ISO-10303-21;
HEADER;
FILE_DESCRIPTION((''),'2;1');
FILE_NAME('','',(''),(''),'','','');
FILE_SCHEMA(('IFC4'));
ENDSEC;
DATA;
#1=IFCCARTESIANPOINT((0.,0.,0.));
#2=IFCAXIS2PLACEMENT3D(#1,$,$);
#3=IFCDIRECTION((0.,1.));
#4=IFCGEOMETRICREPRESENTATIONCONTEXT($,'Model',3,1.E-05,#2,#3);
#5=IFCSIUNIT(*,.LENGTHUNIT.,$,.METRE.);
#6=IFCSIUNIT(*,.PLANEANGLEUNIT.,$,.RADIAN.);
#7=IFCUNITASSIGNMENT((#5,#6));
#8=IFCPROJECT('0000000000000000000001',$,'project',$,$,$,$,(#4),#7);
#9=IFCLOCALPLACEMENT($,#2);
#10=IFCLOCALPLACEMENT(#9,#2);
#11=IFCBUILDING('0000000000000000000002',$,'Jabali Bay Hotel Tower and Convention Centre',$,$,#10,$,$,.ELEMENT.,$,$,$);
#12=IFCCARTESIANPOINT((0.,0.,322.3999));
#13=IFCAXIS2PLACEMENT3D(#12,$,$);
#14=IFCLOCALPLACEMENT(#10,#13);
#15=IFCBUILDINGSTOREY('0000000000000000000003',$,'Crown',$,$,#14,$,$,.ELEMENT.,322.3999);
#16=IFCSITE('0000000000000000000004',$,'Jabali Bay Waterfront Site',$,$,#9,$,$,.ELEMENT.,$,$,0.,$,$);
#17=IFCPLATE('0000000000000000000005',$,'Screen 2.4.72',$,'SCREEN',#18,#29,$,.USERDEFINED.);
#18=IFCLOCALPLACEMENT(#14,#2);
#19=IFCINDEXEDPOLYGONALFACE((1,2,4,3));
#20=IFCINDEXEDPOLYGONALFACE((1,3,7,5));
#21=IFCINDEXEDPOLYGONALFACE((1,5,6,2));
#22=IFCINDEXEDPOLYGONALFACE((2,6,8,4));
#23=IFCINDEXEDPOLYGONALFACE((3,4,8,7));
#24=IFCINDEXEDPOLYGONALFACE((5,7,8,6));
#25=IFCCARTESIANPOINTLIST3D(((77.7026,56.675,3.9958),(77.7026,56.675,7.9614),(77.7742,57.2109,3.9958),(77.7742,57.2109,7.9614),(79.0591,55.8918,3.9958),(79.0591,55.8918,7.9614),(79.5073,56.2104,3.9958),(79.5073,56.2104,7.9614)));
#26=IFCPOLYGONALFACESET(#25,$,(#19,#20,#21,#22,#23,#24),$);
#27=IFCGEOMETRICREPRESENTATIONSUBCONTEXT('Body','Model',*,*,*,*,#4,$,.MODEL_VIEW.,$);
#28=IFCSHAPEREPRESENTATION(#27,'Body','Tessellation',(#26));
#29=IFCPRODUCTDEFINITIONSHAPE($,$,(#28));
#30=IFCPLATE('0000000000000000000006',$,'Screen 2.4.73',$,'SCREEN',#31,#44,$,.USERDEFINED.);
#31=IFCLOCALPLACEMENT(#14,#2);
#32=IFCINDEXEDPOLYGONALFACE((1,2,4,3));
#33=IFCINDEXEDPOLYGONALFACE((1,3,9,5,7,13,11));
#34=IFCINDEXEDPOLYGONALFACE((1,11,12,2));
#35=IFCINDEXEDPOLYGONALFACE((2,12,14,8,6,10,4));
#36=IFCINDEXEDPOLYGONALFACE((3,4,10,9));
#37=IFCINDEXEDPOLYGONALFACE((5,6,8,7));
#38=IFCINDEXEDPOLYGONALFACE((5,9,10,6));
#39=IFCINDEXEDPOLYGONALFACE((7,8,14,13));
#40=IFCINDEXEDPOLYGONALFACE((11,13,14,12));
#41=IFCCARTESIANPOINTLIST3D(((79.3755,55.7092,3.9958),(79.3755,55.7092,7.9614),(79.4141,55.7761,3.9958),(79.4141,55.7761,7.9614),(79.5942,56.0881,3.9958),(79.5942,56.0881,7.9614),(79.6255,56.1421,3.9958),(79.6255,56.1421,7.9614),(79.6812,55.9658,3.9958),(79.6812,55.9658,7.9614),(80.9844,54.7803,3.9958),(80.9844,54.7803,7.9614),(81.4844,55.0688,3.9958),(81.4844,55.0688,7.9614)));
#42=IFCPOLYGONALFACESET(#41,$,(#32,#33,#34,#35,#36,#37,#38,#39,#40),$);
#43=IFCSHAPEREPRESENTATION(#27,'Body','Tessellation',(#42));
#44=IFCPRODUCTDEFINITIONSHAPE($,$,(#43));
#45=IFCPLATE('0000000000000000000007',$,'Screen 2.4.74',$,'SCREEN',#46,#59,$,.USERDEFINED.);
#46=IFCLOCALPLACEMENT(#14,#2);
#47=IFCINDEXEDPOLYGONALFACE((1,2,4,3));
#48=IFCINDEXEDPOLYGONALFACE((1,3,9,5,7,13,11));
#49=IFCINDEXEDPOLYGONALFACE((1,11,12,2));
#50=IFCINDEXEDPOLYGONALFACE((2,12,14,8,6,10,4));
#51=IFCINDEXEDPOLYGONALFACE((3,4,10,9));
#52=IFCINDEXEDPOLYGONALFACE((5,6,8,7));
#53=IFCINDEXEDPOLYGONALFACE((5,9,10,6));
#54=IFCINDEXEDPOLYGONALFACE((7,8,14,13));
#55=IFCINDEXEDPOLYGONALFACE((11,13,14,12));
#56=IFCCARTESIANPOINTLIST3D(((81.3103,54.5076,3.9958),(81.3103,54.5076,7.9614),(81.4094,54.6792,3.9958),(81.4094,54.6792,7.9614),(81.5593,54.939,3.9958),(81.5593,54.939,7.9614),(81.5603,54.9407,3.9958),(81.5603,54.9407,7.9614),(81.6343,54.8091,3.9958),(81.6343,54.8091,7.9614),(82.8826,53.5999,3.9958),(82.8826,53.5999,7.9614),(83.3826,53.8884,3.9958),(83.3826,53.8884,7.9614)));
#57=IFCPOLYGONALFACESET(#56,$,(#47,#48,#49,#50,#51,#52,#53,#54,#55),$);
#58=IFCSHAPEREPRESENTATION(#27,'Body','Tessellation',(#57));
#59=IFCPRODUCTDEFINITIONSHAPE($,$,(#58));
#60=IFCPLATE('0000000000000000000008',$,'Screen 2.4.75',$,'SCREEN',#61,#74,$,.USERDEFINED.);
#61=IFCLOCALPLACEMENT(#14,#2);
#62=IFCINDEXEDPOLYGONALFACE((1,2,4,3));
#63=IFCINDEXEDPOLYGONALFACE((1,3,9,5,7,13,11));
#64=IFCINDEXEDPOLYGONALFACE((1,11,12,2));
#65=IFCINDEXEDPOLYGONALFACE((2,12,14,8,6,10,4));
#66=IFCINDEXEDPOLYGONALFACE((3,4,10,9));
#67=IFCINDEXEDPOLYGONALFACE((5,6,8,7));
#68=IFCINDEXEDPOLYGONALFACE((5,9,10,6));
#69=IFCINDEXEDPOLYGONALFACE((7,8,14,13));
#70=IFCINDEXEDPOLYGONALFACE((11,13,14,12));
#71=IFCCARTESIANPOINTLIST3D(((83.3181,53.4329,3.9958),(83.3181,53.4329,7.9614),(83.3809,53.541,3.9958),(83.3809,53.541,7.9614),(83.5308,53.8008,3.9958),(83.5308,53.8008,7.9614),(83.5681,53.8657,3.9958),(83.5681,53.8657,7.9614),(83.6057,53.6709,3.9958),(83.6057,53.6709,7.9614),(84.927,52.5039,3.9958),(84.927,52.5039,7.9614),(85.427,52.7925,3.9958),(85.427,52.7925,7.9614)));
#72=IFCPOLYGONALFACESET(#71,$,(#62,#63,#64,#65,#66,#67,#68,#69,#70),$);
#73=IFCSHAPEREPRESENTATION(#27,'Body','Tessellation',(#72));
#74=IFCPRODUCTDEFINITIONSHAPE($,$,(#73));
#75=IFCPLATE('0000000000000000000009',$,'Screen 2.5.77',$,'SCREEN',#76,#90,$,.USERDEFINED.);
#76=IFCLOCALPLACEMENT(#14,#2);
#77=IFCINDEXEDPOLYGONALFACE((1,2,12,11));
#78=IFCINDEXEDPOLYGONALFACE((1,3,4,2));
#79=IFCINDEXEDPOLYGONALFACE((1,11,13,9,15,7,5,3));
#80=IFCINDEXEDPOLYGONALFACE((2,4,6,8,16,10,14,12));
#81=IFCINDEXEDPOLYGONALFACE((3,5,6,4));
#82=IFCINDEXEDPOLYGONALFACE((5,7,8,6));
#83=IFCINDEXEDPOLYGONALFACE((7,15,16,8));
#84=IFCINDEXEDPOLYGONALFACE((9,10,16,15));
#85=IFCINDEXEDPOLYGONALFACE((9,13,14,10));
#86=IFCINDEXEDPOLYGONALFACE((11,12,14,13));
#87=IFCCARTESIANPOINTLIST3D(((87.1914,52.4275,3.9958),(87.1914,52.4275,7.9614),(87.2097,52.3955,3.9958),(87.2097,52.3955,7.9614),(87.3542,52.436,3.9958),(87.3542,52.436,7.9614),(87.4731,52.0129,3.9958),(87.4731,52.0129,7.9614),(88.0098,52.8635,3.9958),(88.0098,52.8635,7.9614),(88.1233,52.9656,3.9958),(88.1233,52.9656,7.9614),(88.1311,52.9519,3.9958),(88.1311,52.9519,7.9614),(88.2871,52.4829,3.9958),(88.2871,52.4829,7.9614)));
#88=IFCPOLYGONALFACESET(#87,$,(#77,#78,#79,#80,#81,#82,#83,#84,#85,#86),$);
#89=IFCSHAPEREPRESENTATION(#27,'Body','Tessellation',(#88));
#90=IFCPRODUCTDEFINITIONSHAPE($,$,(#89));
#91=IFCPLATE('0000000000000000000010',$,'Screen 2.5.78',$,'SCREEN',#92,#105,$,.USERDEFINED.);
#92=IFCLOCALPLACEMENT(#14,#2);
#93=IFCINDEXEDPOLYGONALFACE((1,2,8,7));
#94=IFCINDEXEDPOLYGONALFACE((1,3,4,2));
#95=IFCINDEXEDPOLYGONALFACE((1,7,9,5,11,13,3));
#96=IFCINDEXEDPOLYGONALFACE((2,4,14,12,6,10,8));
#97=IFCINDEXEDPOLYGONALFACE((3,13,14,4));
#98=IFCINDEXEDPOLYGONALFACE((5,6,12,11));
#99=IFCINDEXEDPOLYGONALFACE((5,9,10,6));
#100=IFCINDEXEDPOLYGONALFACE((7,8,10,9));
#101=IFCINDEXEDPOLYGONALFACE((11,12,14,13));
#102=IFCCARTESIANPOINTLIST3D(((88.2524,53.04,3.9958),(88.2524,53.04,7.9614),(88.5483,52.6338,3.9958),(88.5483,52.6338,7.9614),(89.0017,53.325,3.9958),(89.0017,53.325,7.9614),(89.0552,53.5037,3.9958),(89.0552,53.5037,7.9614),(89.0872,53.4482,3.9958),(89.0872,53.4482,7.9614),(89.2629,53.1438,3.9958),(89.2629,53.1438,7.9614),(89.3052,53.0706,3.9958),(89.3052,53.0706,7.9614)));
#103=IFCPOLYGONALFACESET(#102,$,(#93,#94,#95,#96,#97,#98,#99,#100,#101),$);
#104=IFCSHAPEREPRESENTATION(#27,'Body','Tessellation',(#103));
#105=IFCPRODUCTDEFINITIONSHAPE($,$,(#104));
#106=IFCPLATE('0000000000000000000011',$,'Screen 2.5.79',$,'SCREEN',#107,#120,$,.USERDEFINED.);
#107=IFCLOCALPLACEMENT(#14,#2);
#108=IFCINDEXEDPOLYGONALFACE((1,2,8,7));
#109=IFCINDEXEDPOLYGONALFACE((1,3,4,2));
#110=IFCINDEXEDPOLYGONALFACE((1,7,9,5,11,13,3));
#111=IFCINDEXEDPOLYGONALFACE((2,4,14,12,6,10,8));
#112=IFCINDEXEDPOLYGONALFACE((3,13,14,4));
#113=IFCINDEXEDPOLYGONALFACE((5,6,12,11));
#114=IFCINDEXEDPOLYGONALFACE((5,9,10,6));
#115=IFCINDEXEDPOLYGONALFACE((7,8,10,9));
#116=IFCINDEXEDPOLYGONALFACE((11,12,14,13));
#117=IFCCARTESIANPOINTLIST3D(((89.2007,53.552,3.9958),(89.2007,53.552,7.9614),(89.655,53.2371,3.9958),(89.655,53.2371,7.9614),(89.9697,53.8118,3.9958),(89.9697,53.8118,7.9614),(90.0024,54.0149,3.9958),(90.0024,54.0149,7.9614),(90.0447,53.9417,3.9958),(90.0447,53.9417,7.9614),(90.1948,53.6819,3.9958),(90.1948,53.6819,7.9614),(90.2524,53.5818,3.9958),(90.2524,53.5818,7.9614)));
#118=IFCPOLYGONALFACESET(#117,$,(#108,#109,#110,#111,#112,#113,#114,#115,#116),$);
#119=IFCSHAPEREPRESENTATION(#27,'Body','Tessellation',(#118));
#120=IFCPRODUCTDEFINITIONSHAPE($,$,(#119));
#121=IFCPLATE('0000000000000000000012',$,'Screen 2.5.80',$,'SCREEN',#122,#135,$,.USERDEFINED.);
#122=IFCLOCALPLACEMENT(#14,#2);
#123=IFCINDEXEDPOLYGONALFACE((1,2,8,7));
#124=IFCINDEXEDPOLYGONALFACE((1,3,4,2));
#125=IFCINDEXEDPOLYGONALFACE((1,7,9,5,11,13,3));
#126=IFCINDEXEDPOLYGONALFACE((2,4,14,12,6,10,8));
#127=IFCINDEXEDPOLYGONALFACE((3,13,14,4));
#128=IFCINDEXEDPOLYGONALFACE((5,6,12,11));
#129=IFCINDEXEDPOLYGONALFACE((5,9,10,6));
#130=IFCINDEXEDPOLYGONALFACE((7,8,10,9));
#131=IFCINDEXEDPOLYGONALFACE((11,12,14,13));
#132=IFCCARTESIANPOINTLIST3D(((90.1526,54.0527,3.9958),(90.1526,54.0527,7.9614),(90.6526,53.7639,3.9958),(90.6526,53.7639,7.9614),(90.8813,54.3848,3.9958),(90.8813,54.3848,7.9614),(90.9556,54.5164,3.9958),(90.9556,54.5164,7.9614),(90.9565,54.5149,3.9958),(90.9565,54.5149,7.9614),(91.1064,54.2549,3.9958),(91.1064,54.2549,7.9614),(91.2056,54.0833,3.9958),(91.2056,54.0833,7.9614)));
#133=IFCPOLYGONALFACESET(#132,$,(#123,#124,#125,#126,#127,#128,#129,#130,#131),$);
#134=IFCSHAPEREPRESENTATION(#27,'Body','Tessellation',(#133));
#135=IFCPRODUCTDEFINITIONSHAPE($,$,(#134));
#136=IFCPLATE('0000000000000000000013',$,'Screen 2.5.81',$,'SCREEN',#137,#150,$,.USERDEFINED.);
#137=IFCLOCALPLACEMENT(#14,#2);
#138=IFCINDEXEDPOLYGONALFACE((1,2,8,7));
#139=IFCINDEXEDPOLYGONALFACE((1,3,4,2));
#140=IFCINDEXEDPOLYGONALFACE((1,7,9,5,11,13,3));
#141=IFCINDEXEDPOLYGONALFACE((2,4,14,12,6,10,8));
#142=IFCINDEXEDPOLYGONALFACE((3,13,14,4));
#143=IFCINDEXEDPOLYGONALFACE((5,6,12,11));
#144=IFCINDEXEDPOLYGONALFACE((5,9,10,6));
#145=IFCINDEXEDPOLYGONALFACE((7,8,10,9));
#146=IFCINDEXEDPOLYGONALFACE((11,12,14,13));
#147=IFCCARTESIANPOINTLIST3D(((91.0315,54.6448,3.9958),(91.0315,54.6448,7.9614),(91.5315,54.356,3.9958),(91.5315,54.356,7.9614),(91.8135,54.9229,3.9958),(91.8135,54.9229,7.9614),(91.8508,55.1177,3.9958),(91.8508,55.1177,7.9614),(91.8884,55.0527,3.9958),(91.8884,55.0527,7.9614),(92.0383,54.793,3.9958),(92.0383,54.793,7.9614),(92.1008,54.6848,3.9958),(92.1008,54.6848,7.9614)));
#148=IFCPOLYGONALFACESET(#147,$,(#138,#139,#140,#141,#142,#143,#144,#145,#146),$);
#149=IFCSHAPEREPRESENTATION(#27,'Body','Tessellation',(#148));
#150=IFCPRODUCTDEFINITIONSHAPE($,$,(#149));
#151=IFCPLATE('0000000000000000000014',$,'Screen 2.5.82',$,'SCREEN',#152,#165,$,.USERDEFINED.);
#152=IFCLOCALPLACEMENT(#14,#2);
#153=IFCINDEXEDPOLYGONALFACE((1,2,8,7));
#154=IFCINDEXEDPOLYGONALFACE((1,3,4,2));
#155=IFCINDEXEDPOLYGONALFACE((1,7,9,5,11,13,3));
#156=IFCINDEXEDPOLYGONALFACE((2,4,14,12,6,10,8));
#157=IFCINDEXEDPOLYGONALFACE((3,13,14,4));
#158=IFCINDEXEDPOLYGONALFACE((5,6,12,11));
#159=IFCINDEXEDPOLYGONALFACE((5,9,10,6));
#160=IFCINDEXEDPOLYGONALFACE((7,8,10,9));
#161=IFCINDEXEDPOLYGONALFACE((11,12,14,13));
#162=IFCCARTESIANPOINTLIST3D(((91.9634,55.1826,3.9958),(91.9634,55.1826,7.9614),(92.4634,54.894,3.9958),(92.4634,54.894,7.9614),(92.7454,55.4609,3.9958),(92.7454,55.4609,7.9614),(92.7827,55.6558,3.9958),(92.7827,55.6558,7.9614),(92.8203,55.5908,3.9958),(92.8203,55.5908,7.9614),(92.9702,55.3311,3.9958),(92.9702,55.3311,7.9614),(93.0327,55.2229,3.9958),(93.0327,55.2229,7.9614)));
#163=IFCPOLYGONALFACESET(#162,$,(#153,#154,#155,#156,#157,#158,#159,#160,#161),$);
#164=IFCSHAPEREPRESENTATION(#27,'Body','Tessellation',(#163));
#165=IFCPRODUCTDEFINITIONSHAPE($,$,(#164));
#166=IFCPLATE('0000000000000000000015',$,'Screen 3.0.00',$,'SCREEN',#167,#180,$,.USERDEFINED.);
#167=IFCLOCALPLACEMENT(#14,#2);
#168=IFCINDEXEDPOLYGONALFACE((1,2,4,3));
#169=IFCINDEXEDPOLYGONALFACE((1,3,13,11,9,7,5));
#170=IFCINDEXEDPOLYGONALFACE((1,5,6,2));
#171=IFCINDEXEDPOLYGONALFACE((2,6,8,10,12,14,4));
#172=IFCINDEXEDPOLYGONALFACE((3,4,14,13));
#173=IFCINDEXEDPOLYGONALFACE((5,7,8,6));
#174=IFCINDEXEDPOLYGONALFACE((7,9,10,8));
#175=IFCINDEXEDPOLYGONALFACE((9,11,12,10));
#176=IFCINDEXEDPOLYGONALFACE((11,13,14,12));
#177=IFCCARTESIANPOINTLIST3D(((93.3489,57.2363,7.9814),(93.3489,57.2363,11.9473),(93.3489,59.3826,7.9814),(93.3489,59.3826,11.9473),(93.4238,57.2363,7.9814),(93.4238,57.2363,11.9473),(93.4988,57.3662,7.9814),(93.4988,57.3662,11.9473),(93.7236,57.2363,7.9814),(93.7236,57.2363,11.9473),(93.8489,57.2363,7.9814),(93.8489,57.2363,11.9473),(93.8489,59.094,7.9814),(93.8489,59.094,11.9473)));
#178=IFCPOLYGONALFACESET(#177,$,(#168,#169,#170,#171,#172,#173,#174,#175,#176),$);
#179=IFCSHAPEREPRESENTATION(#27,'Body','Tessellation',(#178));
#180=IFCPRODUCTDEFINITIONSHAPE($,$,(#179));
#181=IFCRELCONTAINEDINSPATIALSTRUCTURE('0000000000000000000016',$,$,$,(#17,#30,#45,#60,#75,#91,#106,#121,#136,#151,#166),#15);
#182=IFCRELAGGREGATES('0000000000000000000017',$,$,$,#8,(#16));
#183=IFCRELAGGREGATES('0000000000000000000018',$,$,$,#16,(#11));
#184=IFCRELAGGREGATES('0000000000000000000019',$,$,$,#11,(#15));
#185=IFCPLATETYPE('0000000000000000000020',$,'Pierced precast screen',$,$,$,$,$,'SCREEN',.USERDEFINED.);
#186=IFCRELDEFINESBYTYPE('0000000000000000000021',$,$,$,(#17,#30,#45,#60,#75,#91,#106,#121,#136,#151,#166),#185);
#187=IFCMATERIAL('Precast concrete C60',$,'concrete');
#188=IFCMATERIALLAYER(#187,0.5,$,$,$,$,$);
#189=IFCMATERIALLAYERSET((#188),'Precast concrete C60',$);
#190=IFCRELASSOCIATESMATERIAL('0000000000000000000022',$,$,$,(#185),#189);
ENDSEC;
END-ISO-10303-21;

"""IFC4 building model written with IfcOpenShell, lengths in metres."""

from ifc_helpers import new_model, si_unit, direction, frame, origin, place, context, subcontext, project, spatial, polyline, outline, extrude, material, layer, layer_set, type_object, element, save


model = new_model("IFC4")

# Units and contexts
model_context = context("Model", 3, precision=1e-05, world=origin(), true_north=direction((0.0, 1.0)))
body_context = subcontext(model_context, "Body", "Model", "MODEL_VIEW")
ifc_project = project(units=[si_unit("LENGTHUNIT", "METRE"), si_unit("PLANEANGLEUNIT", "RADIAN")], contexts=[model_context])

# Site, building, storey
site_placement = place(None, origin())
site = spatial("IfcSite", under=ifc_project, at=site_placement, Name="Jabali Bay Waterfront Site", CompositionType="ELEMENT", RefElevation=0.0)
building_placement = place(site_placement, origin())
building = spatial("IfcBuilding", under=site, at=building_placement, Name="Jabali Bay Hotel Tower and Convention Centre", CompositionType="ELEMENT")
storey_placement = place(building_placement, frame((0.0, 0.0, 322.3999)))
storey = spatial("IfcBuildingStorey", under=building, at=storey_placement, Name="Crown", CompositionType="ELEMENT", Elevation=322.3999)

# Plates
ifc_material = material(Name="Precast concrete C60", Category="concrete")
ifc_layer = layer(ifc_material, 0.5)
ifc_layer_set = layer_set([ifc_layer], Name="Precast concrete C60")
plate_type = type_object("IfcPlateType", Name="Pierced precast screen", ElementType="SCREEN", PredefinedType="USERDEFINED", material=ifc_layer_set)
plate_1_placement = place(storey_placement, frame((0.0, 0.0, 3.9958)))
element("IfcPlate", 1, at=plate_1_placement, inside=storey, type_object=plate_type, Name="Screen 2.4.72", ObjectType="SCREEN", PredefinedType="USERDEFINED", context=body_context, shape_type="SweptSolid", body=[
    extrude(outline(polyline([(79.5073, 56.2104), (77.7742, 57.2109), (77.7026, 56.675), (79.0591, 55.8918), (79.5073, 56.2104)])), origin(), (0.0, 0.0, 1.0), 3.9656),
])
plate_2_placement = place(storey_placement, frame((0.0, 0.0, 3.9958)))
element("IfcPlate", 2, at=plate_2_placement, inside=storey, type_object=plate_type, Name="Screen 2.4.73", ObjectType="SCREEN", PredefinedType="USERDEFINED", context=body_context, shape_type="SweptSolid", body=[
    extrude(outline(polyline([(81.4844, 55.0688), (79.6255, 56.1421), (79.5942, 56.0881), (79.6812, 55.9658), (79.4141, 55.7761), (79.3755, 55.7092), (80.9844, 54.7803), (81.4844, 55.0688)])), origin(), (0.0, 0.0, 1.0), 3.9656),
])
plate_3_placement = place(storey_placement, frame((0.0, 0.0, 3.9958)))
element("IfcPlate", 3, at=plate_3_placement, inside=storey, type_object=plate_type, Name="Screen 2.4.74", ObjectType="SCREEN", PredefinedType="USERDEFINED", context=body_context, shape_type="SweptSolid", body=[
    extrude(outline(polyline([(83.3826, 53.8884), (81.5603, 54.9407), (81.5593, 54.939), (81.6343, 54.8091), (81.4094, 54.6792), (81.3103, 54.5076), (82.8826, 53.5999), (83.3826, 53.8884)])), origin(), (0.0, 0.0, 1.0), 3.9656),
])
plate_4_placement = place(storey_placement, frame((0.0, 0.0, 3.9958)))
element("IfcPlate", 4, at=plate_4_placement, inside=storey, type_object=plate_type, Name="Screen 2.4.75", ObjectType="SCREEN", PredefinedType="USERDEFINED", context=body_context, shape_type="SweptSolid", body=[
    extrude(outline(polyline([(85.427, 52.7925), (83.5681, 53.8657), (83.5308, 53.8008), (83.6057, 53.6709), (83.3809, 53.541), (83.3181, 53.4329), (84.927, 52.5039), (85.427, 52.7925)])), origin(), (0.0, 0.0, 1.0), 3.9656),
])
plate_5_placement = place(storey_placement, frame((0.0, 0.0, 3.9958)))
element("IfcPlate", 5, at=plate_5_placement, inside=storey, type_object=plate_type, Name="Screen 2.5.77", ObjectType="SCREEN", PredefinedType="USERDEFINED", context=body_context, shape_type="SweptSolid", body=[
    extrude(outline(polyline([(88.1233, 52.9656), (87.1914, 52.4275), (87.2097, 52.3955), (87.3542, 52.436), (87.4731, 52.0129), (88.2871, 52.4829), (88.0098, 52.8635), (88.1311, 52.9519), (88.1233, 52.9656)])), origin(), (0.0, 0.0, 1.0), 3.9656),
])
plate_6_placement = place(storey_placement, frame((0.0, 0.0, 3.9958)))
element("IfcPlate", 6, at=plate_6_placement, inside=storey, type_object=plate_type, Name="Screen 2.5.78", ObjectType="SCREEN", PredefinedType="USERDEFINED", context=body_context, shape_type="SweptSolid", body=[
    extrude(outline(polyline([(89.0552, 53.5037), (88.2524, 53.04), (88.5483, 52.6338), (89.3052, 53.0706), (89.2629, 53.1438), (89.0017, 53.325), (89.0872, 53.4482), (89.0552, 53.5037)])), origin(), (0.0, 0.0, 1.0), 3.9656),
])
plate_7_placement = place(storey_placement, frame((0.0, 0.0, 3.9958)))
element("IfcPlate", 7, at=plate_7_placement, inside=storey, type_object=plate_type, Name="Screen 2.5.79", ObjectType="SCREEN", PredefinedType="USERDEFINED", context=body_context, shape_type="SweptSolid", body=[
    extrude(outline(polyline([(90.0024, 54.0149), (89.2007, 53.552), (89.655, 53.2371), (90.2524, 53.5818), (90.1948, 53.6819), (89.9697, 53.8118), (90.0447, 53.9417), (90.0024, 54.0149)])), origin(), (0.0, 0.0, 1.0), 3.9656),
])
plate_8_placement = place(storey_placement, frame((0.0, 0.0, 3.9958)))
element("IfcPlate", 8, at=plate_8_placement, inside=storey, type_object=plate_type, Name="Screen 2.5.80", ObjectType="SCREEN", PredefinedType="USERDEFINED", context=body_context, shape_type="SweptSolid", body=[
    extrude(outline(polyline([(90.9556, 54.5164), (90.1526, 54.0527), (90.6526, 53.7639), (91.2056, 54.0833), (91.1064, 54.2549), (90.8813, 54.3848), (90.9565, 54.5149), (90.9556, 54.5164)])), origin(), (0.0, 0.0, 1.0), 3.9656),
])
plate_9_placement = place(storey_placement, frame((0.0, 0.0, 3.9958)))
element("IfcPlate", 9, at=plate_9_placement, inside=storey, type_object=plate_type, Name="Screen 2.5.81", ObjectType="SCREEN", PredefinedType="USERDEFINED", context=body_context, shape_type="SweptSolid", body=[
    extrude(outline(polyline([(91.8508, 55.1177), (91.0315, 54.6448), (91.5315, 54.356), (92.1008, 54.6848), (92.0383, 54.793), (91.8135, 54.9229), (91.8884, 55.0527), (91.8508, 55.1177)])), origin(), (0.0, 0.0, 1.0), 3.9656),
])
plate_10_placement = place(storey_placement, frame((0.0, 0.0, 3.9958)))
element("IfcPlate", 10, at=plate_10_placement, inside=storey, type_object=plate_type, Name="Screen 2.5.82", ObjectType="SCREEN", PredefinedType="USERDEFINED", context=body_context, shape_type="SweptSolid", body=[
    extrude(outline(polyline([(92.7827, 55.6558), (91.9634, 55.1826), (92.4634, 54.894), (93.0327, 55.2229), (92.9702, 55.3311), (92.7454, 55.4609), (92.8203, 55.5908), (92.7827, 55.6558)])), origin(), (0.0, 0.0, 1.0), 3.9656),
])
plate_11_placement = place(storey_placement, frame((0.0, 0.0, 7.9814)))
element("IfcPlate", 11, at=plate_11_placement, inside=storey, type_object=plate_type, Name="Screen 3.0.00", ObjectType="SCREEN", PredefinedType="USERDEFINED", context=body_context, shape_type="SweptSolid", body=[
    extrude(outline(polyline([(93.3489, 59.3826), (93.3489, 57.2363), (93.4238, 57.2363), (93.4988, 57.3662), (93.7236, 57.2363), (93.8489, 57.2363), (93.8489, 59.094), (93.3489, 59.3826)])), origin(), (0.0, 0.0, 1.0), 3.9658),
])

save(model, "model.ifc")
